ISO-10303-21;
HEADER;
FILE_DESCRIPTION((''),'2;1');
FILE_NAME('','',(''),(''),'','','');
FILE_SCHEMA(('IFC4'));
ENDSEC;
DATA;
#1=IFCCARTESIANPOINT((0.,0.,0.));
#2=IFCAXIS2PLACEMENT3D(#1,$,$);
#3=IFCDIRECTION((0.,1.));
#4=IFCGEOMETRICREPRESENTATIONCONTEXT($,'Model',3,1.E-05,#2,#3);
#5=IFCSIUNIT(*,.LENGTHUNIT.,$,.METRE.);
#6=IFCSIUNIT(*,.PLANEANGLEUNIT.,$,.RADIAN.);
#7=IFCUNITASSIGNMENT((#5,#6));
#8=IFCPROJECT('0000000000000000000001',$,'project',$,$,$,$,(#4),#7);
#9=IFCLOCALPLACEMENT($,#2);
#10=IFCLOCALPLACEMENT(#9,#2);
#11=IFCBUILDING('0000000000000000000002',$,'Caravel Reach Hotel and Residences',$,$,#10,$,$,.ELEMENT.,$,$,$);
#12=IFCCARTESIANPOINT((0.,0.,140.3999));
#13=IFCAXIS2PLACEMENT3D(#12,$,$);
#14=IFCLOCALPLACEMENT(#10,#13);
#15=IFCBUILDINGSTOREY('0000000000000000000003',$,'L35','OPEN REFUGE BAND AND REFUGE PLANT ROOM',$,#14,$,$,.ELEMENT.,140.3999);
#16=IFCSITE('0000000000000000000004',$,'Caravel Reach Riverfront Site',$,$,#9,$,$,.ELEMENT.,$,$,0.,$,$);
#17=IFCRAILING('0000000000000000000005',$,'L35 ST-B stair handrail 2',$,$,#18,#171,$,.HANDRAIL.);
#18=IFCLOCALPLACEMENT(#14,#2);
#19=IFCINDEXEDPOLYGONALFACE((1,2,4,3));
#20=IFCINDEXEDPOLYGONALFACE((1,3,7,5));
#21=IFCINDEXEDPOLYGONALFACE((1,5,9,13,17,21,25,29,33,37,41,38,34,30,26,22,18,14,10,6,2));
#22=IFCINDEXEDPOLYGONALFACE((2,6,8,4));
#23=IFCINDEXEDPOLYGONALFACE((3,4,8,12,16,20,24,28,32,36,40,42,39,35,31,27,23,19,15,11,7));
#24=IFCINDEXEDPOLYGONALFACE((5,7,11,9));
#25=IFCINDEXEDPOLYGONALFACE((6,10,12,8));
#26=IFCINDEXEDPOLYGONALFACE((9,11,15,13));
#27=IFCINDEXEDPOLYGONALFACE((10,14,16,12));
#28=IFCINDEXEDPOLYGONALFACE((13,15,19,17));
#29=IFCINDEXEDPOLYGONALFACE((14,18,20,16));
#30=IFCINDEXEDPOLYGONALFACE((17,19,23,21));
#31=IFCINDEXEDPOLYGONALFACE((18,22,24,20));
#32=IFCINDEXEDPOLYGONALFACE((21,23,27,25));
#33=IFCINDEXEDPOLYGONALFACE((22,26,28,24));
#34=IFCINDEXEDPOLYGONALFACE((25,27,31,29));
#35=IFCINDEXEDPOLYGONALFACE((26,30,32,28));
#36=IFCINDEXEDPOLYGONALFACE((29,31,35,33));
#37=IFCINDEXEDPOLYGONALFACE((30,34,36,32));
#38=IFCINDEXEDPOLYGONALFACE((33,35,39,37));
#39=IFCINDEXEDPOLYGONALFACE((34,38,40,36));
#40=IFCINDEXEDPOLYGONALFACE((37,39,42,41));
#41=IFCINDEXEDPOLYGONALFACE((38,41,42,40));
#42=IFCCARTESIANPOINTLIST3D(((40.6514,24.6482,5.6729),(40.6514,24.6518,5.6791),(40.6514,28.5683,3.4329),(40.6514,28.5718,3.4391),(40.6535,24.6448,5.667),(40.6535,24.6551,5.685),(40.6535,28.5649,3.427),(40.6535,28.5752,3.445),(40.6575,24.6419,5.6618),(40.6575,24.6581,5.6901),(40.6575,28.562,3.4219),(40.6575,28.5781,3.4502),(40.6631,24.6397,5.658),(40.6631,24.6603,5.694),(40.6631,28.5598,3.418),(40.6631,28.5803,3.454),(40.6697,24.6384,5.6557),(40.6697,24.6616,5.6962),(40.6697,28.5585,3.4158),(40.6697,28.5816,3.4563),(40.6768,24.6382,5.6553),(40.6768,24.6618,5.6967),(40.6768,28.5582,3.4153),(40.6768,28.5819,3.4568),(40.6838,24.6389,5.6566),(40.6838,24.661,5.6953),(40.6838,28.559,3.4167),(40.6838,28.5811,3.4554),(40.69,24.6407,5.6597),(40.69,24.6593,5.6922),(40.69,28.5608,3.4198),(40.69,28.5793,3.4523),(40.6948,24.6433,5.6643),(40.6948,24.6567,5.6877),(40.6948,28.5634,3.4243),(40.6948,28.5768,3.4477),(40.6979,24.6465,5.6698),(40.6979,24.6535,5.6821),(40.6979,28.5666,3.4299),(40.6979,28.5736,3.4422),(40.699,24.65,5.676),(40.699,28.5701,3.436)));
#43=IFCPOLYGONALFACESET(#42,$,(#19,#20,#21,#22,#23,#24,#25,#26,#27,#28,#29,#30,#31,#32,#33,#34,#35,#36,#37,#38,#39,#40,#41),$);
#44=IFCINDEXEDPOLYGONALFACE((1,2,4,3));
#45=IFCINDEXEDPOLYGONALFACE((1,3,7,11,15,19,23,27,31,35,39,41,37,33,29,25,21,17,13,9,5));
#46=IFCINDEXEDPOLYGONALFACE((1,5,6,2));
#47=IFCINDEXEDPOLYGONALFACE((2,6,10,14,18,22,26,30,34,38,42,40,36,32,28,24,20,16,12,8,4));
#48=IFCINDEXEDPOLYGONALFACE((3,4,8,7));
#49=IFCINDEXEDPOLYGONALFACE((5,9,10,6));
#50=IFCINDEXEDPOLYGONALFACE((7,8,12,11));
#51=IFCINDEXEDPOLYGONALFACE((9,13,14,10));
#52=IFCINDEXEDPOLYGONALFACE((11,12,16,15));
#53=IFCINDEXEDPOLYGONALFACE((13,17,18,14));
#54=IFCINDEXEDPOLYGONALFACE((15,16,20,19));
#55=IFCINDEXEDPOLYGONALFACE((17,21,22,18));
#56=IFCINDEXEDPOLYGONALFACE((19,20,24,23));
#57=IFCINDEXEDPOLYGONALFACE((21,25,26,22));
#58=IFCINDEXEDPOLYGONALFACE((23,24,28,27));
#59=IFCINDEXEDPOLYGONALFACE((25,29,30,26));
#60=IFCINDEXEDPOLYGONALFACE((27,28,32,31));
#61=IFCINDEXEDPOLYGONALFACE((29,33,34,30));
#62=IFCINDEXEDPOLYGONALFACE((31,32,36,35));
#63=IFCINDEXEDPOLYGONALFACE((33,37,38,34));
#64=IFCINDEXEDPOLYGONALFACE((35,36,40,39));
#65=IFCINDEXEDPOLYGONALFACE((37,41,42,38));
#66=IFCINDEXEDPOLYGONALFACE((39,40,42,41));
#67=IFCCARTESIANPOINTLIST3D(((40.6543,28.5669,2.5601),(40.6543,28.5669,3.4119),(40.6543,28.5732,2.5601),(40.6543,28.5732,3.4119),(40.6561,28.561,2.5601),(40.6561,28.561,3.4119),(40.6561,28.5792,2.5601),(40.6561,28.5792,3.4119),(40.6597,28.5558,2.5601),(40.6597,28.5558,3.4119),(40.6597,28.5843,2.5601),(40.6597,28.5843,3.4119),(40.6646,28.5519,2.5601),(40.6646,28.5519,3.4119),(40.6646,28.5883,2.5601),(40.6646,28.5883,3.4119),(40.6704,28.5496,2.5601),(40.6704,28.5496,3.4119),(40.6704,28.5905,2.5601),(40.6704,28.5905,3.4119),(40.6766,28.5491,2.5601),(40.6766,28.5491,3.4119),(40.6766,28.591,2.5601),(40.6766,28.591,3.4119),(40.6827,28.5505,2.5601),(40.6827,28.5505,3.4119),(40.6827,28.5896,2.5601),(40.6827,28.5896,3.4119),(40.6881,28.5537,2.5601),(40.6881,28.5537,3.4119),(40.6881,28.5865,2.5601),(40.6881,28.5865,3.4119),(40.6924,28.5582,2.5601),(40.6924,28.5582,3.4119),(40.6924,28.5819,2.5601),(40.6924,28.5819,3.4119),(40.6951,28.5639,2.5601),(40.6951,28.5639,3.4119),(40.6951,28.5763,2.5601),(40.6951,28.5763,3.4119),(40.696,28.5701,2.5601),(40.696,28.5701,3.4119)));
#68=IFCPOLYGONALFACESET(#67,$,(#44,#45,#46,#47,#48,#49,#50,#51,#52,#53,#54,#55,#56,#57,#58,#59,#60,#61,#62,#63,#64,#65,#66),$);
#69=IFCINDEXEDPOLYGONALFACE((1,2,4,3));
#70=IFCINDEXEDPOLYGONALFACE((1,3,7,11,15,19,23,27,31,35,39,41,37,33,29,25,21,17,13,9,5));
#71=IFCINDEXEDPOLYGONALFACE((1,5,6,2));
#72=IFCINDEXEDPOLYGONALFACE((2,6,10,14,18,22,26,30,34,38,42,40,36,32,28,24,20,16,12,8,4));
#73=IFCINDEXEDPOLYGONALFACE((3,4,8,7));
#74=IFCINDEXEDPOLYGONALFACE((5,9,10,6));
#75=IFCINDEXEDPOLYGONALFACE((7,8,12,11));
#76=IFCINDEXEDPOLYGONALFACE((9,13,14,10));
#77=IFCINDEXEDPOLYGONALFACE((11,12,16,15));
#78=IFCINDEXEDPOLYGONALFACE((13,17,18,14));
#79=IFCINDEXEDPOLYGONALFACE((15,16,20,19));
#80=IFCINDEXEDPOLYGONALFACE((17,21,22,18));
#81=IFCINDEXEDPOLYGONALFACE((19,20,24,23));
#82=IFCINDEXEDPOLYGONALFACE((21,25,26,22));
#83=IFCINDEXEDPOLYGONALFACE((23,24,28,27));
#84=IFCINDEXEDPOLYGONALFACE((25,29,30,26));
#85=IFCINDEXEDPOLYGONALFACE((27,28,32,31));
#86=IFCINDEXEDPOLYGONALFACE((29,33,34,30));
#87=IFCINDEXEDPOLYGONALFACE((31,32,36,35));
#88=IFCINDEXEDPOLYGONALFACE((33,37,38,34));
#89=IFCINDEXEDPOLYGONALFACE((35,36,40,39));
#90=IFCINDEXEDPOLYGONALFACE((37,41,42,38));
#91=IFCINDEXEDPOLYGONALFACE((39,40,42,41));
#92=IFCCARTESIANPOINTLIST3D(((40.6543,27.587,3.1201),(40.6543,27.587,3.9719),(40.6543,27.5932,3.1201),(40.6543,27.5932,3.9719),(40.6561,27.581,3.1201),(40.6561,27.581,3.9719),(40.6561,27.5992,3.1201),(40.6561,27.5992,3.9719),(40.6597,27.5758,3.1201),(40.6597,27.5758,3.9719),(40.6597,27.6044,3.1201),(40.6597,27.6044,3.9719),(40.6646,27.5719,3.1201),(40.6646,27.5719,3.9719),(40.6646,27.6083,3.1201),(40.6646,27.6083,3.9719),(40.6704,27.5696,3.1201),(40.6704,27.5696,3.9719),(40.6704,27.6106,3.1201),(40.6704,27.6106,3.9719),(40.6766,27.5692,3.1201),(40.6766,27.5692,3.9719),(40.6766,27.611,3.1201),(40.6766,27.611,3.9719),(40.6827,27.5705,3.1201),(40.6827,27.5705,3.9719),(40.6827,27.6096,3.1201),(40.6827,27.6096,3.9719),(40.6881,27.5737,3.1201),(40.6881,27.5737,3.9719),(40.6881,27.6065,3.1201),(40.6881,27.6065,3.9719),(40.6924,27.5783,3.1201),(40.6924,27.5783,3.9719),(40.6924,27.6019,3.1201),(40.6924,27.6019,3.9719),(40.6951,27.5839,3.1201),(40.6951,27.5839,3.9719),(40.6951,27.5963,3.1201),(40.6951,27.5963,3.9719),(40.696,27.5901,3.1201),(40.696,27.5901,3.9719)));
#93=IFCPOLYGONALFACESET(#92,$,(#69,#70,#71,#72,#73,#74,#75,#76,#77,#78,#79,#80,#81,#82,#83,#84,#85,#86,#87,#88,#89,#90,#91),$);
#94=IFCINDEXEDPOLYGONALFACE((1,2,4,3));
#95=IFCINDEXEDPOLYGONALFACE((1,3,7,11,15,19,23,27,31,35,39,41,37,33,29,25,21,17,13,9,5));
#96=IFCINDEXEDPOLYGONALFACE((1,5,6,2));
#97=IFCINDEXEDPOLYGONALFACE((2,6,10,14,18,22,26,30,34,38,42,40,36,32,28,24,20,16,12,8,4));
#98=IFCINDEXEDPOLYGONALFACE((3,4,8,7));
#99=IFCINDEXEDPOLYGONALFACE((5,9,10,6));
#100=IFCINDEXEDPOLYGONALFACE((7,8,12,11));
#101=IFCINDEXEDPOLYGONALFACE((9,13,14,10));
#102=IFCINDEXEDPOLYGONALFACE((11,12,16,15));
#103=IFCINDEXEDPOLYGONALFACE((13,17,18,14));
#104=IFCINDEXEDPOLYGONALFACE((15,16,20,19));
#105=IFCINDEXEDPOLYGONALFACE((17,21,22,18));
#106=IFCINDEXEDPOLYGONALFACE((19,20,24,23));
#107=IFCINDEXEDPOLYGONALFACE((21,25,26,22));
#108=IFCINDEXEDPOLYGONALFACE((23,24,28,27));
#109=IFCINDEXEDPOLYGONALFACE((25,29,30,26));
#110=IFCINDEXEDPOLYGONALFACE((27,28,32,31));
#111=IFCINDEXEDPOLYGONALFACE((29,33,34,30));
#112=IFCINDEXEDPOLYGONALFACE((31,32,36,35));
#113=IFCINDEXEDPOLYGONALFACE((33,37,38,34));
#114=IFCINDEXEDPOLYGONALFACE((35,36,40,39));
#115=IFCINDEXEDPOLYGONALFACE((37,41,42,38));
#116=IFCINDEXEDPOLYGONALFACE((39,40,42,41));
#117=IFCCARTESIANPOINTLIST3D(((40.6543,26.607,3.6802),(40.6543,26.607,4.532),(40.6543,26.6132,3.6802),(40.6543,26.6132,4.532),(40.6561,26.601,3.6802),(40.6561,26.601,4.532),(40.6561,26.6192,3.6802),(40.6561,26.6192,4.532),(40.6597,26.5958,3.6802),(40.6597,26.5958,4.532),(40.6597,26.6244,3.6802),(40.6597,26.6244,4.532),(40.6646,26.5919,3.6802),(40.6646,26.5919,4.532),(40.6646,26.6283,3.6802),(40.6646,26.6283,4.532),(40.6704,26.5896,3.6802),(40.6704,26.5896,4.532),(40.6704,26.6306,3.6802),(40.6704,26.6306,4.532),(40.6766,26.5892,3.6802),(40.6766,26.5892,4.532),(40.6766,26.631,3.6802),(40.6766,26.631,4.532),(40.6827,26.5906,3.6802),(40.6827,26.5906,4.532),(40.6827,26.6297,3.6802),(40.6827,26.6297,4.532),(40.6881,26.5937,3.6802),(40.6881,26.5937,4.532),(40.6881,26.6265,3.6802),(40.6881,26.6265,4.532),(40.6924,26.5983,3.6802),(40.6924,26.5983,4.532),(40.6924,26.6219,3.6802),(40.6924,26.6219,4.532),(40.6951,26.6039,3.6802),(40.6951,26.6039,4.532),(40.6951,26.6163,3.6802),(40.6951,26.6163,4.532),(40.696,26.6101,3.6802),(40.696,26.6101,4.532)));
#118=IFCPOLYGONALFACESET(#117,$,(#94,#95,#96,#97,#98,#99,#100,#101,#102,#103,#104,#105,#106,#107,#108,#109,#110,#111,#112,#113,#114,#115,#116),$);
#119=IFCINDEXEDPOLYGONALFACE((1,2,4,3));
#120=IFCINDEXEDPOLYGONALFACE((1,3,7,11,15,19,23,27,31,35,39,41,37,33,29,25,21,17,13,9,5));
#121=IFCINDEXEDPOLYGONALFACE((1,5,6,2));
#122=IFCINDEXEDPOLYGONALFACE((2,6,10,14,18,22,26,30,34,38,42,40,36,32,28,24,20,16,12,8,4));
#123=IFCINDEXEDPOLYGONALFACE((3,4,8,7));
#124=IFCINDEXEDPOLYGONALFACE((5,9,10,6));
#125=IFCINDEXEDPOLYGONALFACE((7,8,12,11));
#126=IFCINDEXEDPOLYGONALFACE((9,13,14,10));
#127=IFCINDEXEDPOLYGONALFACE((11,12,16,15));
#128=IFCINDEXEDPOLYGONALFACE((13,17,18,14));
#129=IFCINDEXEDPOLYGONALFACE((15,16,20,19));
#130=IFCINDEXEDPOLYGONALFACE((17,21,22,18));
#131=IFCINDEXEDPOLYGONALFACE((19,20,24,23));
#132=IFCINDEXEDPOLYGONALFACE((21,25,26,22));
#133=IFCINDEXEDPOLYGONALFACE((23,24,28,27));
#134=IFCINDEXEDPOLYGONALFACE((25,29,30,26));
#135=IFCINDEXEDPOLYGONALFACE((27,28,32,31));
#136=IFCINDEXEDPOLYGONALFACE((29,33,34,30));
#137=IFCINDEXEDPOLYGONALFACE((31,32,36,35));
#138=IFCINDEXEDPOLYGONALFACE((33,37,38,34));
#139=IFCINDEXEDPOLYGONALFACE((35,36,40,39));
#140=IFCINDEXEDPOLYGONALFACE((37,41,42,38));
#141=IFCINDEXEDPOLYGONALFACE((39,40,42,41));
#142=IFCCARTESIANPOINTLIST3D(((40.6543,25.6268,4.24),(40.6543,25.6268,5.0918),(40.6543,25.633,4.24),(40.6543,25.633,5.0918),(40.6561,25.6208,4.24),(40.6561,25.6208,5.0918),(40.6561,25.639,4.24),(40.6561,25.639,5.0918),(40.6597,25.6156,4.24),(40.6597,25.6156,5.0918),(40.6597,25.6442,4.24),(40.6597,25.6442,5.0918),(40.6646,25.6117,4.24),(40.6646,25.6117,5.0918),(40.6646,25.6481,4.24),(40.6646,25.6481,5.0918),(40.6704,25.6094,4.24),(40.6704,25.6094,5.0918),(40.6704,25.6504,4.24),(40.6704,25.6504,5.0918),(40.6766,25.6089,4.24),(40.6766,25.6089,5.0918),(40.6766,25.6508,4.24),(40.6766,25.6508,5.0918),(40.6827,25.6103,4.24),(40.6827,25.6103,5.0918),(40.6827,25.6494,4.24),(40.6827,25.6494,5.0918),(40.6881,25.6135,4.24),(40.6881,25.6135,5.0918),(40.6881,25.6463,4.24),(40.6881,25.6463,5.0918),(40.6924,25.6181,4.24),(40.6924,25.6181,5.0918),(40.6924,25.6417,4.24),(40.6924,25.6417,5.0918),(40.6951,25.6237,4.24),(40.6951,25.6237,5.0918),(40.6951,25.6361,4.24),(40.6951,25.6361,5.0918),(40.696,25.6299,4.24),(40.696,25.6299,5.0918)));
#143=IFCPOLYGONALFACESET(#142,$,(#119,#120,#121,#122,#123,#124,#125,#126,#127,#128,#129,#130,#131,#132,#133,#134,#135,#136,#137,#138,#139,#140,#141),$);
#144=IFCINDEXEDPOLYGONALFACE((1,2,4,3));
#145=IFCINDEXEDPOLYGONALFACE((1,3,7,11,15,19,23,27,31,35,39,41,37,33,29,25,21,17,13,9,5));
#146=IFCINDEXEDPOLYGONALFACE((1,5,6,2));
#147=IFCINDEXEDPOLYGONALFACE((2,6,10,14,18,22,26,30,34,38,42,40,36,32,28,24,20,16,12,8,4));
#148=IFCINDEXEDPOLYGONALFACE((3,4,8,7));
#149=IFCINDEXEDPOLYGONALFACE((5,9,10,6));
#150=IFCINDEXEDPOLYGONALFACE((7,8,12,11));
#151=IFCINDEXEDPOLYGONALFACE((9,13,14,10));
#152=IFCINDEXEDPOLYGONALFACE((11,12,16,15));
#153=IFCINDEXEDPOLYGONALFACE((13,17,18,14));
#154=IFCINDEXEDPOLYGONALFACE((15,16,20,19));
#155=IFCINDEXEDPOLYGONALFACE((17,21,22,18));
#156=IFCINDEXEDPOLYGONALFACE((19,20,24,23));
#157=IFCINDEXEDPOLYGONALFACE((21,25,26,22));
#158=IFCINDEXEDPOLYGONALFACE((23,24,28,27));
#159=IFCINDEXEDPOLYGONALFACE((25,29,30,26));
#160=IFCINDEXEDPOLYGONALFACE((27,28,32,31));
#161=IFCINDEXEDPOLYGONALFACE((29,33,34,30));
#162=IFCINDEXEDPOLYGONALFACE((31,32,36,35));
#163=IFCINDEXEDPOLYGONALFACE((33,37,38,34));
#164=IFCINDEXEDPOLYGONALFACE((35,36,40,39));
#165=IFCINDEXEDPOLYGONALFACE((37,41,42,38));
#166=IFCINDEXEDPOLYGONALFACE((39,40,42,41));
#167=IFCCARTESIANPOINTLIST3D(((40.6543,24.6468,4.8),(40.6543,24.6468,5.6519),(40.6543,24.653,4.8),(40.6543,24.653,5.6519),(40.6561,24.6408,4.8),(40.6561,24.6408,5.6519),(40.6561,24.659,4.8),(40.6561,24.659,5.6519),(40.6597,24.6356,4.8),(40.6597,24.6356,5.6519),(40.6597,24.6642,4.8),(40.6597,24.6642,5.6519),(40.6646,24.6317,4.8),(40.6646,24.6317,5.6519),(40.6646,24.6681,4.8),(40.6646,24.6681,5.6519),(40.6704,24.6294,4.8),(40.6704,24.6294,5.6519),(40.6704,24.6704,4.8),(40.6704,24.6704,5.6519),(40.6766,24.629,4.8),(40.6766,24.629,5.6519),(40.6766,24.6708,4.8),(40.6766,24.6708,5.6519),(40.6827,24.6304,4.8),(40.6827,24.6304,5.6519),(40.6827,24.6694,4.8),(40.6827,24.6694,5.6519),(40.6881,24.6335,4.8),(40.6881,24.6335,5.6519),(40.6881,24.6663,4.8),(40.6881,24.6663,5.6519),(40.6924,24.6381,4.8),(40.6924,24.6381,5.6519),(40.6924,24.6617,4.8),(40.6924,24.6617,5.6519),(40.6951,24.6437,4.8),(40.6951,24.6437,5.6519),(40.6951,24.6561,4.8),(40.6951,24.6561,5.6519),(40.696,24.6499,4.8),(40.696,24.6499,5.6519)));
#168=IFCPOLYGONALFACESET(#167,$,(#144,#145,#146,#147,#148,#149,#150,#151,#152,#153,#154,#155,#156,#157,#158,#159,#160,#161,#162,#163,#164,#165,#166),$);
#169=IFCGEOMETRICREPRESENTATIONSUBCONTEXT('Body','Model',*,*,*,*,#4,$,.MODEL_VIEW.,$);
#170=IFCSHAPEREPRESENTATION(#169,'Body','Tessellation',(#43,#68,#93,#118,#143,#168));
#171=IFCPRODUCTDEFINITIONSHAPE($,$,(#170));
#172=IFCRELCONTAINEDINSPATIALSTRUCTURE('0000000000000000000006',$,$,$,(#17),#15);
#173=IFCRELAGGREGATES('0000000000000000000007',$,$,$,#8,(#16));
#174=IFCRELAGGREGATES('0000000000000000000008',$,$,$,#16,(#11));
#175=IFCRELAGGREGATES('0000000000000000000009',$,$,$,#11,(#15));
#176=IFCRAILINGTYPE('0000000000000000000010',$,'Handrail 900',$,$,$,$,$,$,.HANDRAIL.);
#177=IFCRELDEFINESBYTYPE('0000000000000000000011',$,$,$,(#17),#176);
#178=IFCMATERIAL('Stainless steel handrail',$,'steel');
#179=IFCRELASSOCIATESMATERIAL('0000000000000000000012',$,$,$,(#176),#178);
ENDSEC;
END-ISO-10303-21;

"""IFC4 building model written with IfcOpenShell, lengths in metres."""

from ifc_helpers import new_model, si_unit, direction, frame, origin, origin_2d, place, context, subcontext, project, spatial, circle, extrude, material, type_object, element, save


model = new_model("IFC4")

# Units and contexts
model_context = context("Model", 3, precision=1e-05, world=origin(), true_north=direction((0.0, 1.0)))
body_context = subcontext(model_context, "Body", "Model", "MODEL_VIEW")
ifc_project = project(units=[si_unit("LENGTHUNIT", "METRE"), si_unit("PLANEANGLEUNIT", "RADIAN")], contexts=[model_context])

# Site, building, storey
site_placement = place(None, origin())
site = spatial("IfcSite", under=ifc_project, at=site_placement, Name="Caravel Reach Riverfront Site", CompositionType="ELEMENT", RefElevation=0.0)
building_placement = place(site_placement, origin())
building = spatial("IfcBuilding", under=site, at=building_placement, Name="Caravel Reach Hotel and Residences", CompositionType="ELEMENT")
storey_placement = place(building_placement, frame((0.0, 0.0, 140.3999)))
storey = spatial("IfcBuildingStorey", under=building, at=storey_placement, Name="L35", Description="OPEN REFUGE BAND AND REFUGE PLANT ROOM", CompositionType="ELEMENT", Elevation=140.3999)

# Railing
ifc_material_1 = material(Name="Stainless steel handrail", Category="steel")
railing_type_1 = type_object("IfcRailingType", Name="Handrail 900", PredefinedType="HANDRAIL", material=ifc_material_1)
railing_1_placement = place(storey_placement, frame((40.675, 28.5701, 2.5601)))
element("IfcRailing", 1, at=railing_1_placement, inside=storey, type_object=railing_type_1, Name="L35 ST-B stair handrail 2", PredefinedType="HANDRAIL", context=body_context, shape_type="SweptSolid", body=[
    extrude(circle(Radius=0.0239, at=origin_2d()), frame((0.0, 0.0, 0.876), z_axis=(0.0, -0.868253, 0.496121), x_axis=(1.0, 0.0, 0.0)), (0.0, 0.0, 1.0), 4.5149),
    extrude(circle(Radius=0.021, at=origin_2d()), origin(), (0.0, 0.0, 1.0), 0.8518),
    extrude(circle(Radius=0.021, at=origin_2d()), frame((0.0, -0.98, 0.5601)), (0.0, 0.0, 1.0), 0.8518),
    extrude(circle(Radius=0.021, at=origin_2d()), frame((0.0, -1.96, 1.1201)), (0.0, 0.0, 1.0), 0.8518),
    extrude(circle(Radius=0.021, at=origin_2d()), frame((0.0, -2.9402, 1.6799)), (0.0, 0.0, 1.0), 0.8518),
    extrude(circle(Radius=0.021, at=origin_2d()), frame((0.0, -3.9202, 2.24)), (0.0, 0.0, 1.0), 0.8518),
])

save(model, "model.ifc")
